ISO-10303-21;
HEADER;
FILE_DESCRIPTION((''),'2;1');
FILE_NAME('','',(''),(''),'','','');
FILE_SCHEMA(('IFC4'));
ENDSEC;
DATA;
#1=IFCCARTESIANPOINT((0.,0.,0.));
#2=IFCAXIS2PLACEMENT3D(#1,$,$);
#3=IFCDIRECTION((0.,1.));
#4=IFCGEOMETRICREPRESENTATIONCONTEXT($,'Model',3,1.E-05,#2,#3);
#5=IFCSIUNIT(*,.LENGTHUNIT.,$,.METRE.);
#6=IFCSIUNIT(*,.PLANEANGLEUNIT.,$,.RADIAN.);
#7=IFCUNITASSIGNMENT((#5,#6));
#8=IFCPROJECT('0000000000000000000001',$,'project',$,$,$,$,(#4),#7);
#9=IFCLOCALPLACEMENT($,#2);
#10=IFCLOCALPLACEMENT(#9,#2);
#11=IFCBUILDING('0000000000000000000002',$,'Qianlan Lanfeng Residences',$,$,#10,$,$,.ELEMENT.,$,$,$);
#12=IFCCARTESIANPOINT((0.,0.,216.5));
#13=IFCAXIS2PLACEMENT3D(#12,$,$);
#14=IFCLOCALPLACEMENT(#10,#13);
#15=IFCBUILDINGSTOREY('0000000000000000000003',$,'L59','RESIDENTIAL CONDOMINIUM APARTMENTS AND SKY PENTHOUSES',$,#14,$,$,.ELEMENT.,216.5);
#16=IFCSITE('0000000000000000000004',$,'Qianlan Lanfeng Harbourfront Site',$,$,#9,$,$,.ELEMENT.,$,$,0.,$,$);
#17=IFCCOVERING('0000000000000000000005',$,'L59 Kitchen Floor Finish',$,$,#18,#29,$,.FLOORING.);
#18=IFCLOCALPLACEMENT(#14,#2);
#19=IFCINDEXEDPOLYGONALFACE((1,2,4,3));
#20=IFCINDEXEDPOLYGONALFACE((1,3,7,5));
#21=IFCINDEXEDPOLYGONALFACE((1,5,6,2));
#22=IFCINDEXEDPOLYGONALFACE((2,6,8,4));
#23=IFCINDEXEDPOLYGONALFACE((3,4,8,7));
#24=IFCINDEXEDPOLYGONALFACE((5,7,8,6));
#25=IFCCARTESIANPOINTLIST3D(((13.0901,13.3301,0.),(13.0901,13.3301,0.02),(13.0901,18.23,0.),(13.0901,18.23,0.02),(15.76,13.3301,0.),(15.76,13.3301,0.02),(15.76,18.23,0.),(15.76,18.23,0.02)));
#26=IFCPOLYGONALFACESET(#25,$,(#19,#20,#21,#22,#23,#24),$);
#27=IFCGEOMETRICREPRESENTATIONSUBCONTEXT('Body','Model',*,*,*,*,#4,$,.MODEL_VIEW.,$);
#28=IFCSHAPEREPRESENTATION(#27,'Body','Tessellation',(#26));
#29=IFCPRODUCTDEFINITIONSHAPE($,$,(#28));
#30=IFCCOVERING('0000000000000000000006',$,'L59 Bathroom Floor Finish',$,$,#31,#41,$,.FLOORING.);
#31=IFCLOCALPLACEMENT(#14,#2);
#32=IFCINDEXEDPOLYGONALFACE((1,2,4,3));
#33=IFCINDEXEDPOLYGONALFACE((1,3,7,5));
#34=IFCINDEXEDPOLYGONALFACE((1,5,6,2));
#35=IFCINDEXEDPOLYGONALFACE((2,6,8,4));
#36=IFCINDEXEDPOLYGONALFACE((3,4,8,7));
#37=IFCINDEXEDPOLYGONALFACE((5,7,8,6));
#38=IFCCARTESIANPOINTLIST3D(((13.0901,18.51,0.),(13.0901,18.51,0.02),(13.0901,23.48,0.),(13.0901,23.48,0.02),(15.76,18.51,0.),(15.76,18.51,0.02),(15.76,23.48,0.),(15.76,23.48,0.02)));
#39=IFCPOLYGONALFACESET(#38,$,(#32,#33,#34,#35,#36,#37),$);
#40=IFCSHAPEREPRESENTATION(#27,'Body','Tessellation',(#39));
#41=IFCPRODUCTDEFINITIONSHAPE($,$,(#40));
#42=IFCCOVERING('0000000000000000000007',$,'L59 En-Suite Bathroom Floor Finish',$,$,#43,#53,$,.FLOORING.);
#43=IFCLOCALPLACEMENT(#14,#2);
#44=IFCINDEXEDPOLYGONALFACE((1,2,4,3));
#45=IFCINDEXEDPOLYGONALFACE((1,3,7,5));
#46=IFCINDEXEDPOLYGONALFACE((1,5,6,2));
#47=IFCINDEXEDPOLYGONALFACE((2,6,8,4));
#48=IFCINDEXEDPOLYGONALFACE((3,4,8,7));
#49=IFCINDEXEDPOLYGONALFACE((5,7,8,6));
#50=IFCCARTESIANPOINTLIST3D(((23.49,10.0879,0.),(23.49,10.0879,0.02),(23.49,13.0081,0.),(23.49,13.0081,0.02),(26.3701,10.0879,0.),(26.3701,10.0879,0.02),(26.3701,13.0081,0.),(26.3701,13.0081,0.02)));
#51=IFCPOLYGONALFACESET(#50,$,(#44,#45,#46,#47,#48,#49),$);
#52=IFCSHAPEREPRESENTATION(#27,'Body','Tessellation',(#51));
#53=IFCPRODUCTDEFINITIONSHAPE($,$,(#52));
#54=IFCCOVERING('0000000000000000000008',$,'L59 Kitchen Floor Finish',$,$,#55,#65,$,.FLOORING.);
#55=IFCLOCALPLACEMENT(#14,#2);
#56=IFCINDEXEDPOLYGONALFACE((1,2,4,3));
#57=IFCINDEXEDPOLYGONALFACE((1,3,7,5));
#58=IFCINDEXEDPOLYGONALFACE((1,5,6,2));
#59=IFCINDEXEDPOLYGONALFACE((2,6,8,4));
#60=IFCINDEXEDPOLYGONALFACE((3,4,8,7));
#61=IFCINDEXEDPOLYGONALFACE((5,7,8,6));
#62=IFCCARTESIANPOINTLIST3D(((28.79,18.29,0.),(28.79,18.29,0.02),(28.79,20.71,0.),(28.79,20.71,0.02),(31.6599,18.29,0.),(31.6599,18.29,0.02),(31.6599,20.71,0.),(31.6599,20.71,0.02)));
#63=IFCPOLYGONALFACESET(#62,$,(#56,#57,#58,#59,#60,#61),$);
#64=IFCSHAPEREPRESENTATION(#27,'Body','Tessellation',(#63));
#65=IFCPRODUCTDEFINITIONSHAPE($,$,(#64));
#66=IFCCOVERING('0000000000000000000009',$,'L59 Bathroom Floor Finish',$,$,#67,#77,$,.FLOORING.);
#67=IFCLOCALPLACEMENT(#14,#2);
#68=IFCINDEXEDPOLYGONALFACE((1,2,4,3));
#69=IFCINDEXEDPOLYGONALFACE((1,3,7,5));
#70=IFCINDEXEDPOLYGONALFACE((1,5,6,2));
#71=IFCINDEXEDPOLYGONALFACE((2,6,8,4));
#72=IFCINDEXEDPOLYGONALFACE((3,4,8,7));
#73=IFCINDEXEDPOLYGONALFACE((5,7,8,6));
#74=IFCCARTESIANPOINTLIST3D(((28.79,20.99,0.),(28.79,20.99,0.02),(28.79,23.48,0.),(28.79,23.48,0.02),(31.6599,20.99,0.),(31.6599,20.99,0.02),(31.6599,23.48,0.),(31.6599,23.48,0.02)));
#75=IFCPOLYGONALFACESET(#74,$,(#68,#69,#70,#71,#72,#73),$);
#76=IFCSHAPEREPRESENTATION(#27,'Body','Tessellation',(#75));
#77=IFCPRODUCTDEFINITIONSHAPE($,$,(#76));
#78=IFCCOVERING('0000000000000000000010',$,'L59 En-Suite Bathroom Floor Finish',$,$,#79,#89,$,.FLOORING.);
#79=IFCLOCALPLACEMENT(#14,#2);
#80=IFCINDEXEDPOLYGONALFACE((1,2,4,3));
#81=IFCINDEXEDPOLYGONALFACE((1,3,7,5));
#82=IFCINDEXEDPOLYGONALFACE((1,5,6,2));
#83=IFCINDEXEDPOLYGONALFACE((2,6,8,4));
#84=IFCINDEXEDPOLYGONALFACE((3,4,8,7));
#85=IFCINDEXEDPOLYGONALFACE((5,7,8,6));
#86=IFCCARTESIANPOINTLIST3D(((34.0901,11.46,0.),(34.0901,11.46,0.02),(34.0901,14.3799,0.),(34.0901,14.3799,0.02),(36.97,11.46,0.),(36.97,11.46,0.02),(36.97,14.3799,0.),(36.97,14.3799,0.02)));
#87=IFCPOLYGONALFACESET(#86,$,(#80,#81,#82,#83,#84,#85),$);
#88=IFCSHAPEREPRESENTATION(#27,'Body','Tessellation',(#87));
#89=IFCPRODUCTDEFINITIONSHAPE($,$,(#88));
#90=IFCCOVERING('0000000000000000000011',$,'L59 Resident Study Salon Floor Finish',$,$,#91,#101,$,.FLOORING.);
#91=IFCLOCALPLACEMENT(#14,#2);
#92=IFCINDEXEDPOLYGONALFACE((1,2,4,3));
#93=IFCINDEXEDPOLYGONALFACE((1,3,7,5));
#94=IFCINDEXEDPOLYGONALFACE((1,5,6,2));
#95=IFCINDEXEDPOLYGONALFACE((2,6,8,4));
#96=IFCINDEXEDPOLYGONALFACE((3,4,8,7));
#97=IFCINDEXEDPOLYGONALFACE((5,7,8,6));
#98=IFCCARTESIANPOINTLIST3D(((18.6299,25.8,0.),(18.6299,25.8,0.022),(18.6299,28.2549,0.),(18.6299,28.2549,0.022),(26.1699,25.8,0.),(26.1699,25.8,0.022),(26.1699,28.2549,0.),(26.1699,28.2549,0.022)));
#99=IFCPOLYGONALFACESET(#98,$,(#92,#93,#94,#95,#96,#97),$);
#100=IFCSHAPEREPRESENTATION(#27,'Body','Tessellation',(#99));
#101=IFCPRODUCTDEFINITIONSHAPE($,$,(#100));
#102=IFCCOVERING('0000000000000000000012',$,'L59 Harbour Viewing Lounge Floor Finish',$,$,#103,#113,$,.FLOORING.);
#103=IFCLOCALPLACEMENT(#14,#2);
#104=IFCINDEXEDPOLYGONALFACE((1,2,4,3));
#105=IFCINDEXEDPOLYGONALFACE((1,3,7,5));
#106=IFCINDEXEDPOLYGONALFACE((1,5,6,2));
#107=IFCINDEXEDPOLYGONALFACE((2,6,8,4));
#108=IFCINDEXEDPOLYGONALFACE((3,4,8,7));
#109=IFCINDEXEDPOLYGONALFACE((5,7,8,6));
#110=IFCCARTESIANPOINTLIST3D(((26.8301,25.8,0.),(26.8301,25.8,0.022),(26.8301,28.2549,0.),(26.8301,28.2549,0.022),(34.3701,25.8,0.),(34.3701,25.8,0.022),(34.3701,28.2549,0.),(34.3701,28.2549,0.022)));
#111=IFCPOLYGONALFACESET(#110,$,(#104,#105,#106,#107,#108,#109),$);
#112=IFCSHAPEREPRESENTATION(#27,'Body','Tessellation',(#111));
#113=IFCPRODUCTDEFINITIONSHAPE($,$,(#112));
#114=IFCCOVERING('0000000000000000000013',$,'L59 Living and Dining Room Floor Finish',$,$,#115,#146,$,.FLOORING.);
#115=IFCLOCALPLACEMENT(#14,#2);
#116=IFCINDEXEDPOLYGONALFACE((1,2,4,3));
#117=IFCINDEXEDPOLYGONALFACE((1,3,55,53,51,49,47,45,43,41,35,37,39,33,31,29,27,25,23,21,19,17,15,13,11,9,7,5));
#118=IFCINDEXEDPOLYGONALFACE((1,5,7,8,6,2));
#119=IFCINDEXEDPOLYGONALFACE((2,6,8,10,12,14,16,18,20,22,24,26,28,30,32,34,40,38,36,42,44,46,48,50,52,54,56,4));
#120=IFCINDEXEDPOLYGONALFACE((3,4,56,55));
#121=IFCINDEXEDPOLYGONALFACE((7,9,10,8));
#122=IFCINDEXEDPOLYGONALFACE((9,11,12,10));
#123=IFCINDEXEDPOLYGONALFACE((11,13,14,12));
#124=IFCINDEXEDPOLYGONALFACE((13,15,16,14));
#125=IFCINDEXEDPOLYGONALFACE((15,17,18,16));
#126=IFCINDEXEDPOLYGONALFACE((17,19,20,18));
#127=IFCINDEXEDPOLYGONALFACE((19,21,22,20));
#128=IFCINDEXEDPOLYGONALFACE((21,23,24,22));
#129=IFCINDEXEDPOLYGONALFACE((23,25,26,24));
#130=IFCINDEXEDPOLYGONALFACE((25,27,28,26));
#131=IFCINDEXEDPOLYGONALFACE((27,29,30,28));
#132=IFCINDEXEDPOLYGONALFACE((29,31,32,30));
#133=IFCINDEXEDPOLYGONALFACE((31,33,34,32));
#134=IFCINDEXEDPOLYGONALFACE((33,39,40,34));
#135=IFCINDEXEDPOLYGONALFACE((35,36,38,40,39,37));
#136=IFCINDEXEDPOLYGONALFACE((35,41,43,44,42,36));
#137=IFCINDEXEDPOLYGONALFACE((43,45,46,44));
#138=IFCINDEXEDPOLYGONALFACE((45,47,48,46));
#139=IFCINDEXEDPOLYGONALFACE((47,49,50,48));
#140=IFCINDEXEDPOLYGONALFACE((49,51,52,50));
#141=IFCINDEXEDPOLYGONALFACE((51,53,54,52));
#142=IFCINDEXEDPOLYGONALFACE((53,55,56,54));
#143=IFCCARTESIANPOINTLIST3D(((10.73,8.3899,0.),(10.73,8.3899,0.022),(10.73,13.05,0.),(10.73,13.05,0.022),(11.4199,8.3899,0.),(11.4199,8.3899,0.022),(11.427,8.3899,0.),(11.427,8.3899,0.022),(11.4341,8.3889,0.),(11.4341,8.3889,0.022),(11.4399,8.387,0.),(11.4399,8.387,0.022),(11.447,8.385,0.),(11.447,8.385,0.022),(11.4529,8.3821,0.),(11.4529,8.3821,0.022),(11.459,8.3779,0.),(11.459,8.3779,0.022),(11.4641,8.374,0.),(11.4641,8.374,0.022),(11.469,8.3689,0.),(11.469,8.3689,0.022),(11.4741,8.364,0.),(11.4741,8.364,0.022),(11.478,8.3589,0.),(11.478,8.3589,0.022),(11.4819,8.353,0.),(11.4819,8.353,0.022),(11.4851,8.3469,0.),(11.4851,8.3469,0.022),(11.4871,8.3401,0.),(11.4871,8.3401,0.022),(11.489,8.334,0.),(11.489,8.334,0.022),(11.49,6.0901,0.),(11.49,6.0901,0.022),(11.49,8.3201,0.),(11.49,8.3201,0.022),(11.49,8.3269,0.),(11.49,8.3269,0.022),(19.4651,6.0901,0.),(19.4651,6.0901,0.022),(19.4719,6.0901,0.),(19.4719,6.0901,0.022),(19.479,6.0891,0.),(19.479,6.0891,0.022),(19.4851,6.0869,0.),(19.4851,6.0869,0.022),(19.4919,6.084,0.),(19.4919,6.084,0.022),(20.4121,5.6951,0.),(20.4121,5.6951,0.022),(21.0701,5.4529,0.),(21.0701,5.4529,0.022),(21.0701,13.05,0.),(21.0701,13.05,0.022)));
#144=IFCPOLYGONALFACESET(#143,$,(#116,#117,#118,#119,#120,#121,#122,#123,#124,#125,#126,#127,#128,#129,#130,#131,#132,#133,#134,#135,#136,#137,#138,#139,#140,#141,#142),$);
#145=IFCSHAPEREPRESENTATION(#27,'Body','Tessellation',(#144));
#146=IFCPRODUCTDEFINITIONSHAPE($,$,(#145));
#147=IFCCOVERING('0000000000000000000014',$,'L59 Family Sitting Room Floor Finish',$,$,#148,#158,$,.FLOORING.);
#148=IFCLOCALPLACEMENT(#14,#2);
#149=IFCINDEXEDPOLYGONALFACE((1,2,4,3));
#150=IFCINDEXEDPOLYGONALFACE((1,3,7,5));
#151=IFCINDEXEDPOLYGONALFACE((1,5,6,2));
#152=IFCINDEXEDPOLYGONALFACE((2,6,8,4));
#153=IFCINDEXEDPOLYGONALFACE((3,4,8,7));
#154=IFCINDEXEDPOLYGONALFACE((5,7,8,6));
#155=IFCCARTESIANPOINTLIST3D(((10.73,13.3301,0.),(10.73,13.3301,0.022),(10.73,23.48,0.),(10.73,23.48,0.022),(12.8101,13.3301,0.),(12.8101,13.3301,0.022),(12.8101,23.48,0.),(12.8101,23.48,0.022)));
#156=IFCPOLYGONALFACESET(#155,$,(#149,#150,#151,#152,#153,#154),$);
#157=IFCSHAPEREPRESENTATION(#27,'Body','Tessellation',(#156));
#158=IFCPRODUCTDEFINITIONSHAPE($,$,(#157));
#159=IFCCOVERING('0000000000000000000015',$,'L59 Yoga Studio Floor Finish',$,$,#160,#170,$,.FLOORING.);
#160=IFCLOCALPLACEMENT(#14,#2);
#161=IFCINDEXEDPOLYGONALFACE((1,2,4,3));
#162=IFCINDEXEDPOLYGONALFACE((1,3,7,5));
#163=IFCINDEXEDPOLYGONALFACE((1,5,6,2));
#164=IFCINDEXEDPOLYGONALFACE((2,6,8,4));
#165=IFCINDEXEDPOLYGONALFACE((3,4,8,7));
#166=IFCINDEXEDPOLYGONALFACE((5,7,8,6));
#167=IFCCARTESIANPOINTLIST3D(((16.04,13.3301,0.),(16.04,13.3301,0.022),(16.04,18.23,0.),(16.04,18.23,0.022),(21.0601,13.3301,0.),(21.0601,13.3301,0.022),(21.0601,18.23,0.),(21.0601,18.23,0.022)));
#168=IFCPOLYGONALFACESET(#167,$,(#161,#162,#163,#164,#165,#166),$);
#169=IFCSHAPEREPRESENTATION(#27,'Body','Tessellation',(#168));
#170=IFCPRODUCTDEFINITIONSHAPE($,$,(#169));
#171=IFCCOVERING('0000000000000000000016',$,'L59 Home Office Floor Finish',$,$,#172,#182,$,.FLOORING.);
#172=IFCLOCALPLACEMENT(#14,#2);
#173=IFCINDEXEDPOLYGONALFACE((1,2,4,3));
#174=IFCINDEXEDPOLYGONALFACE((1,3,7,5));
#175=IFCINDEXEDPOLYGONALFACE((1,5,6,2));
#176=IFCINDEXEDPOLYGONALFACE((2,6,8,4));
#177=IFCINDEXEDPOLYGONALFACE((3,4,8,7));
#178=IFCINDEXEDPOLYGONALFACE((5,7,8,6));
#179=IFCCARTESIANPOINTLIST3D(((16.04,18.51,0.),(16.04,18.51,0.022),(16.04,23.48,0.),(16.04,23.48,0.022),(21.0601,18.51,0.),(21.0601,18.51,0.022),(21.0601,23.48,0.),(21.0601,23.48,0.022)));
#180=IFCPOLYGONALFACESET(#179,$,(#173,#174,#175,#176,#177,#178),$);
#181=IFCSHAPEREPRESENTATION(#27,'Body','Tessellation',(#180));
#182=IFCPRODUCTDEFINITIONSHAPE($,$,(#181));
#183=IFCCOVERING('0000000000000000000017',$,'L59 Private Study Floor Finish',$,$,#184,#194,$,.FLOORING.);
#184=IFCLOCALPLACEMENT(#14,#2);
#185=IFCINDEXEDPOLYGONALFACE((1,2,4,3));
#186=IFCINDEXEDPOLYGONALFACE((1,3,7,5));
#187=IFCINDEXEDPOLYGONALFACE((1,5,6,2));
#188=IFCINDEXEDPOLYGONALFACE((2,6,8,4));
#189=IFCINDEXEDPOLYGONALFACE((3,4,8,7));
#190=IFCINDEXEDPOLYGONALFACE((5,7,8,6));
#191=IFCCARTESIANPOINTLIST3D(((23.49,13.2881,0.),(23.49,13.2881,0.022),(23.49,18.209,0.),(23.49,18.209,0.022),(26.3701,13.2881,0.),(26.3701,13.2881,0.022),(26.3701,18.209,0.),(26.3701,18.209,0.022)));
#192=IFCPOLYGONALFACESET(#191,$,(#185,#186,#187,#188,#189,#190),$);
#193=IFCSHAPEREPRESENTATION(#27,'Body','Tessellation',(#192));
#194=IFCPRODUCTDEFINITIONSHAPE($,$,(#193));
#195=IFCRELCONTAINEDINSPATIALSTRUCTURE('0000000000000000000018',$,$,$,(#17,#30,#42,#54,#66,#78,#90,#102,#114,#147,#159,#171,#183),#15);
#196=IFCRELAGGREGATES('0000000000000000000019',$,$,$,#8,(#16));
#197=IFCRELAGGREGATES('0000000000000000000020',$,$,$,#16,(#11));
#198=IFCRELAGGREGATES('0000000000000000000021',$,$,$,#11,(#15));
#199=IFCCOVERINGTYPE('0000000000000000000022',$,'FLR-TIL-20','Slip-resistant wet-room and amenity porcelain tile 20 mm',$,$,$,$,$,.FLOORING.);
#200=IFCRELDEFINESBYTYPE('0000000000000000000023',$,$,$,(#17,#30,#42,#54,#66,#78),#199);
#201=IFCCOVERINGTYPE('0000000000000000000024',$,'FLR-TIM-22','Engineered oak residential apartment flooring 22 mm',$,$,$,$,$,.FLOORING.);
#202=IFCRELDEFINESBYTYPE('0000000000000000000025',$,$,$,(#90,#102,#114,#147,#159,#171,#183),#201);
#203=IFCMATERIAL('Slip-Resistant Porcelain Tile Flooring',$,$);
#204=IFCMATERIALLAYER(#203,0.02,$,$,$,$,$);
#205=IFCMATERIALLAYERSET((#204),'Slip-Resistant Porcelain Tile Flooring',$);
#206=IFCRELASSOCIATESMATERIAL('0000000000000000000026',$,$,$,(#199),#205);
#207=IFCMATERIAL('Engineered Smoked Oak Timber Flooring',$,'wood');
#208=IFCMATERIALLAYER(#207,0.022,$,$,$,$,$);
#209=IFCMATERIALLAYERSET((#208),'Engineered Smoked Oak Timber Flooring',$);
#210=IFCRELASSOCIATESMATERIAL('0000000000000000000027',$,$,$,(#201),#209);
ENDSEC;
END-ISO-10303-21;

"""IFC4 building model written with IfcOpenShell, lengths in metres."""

from ifc_helpers import new_model, si_unit, direction, frame, origin, place, context, subcontext, project, spatial, polyline, outline, extrude, material, layer, layer_set, type_object, element, save


model = new_model("IFC4")

# Units and contexts
model_context = context("Model", 3, precision=1e-05, world=origin(), true_north=direction((0.0, 1.0)))
body_context = subcontext(model_context, "Body", "Model", "MODEL_VIEW")
ifc_project = project(units=[si_unit("LENGTHUNIT", "METRE"), si_unit("PLANEANGLEUNIT", "RADIAN")], contexts=[model_context])

# Site, building, storey
site_placement = place(None, origin())
site = spatial("IfcSite", under=ifc_project, at=site_placement, Name="Qianlan Lanfeng Harbourfront Site", CompositionType="ELEMENT", RefElevation=0.0)
building_placement = place(site_placement, origin())
building = spatial("IfcBuilding", under=site, at=building_placement, Name="Qianlan Lanfeng Residences", CompositionType="ELEMENT")
storey_placement = place(building_placement, frame((0.0, 0.0, 216.5)))
storey = spatial("IfcBuildingStorey", under=building, at=storey_placement, Name="L59", Description="RESIDENTIAL CONDOMINIUM APARTMENTS AND SKY PENTHOUSES", CompositionType="ELEMENT", Elevation=216.5)

# Coverings
ifc_material_1 = material(Name="Slip-Resistant Porcelain Tile Flooring")
ifc_layer_1 = layer(ifc_material_1, 0.02)
ifc_layer_set_1 = layer_set([ifc_layer_1], Name="Slip-Resistant Porcelain Tile Flooring")
covering_type_1 = type_object("IfcCoveringType", Name="FLR-TIL-20", Description="Slip-resistant wet-room and amenity porcelain tile 20 mm", PredefinedType="FLOORING", material=ifc_layer_set_1)
covering_1_placement = place(storey_placement, origin())
element("IfcCovering", 1, at=covering_1_placement, inside=storey, type_object=covering_type_1, Name="L59 Kitchen Floor Finish", PredefinedType="FLOORING", context=body_context, shape_type="SweptSolid", body=[
    extrude(outline(polyline([(13.0901, 13.3301), (15.76, 13.3301), (15.76, 18.23), (13.0901, 18.23), (13.0901, 13.3301)])), origin(), (0.0, 0.0, 1.0), 0.02),
])
covering_2_placement = place(storey_placement, origin())
element("IfcCovering", 2, at=covering_2_placement, inside=storey, type_object=covering_type_1, Name="L59 Bathroom Floor Finish", PredefinedType="FLOORING", context=body_context, shape_type="SweptSolid", body=[
    extrude(outline(polyline([(13.0901, 18.51), (15.76, 18.51), (15.76, 23.48), (13.0901, 23.48), (13.0901, 18.51)])), origin(), (0.0, 0.0, 1.0), 0.02),
])
covering_3_placement = place(storey_placement, origin())
element("IfcCovering", 3, at=covering_3_placement, inside=storey, type_object=covering_type_1, Name="L59 En-Suite Bathroom Floor Finish", PredefinedType="FLOORING", context=body_context, shape_type="SweptSolid", body=[
    extrude(outline(polyline([(23.49, 10.0879), (26.3701, 10.0879), (26.3701, 13.0081), (23.49, 13.0081), (23.49, 10.0879)])), origin(), (0.0, 0.0, 1.0), 0.02),
])
covering_4_placement = place(storey_placement, origin())
element("IfcCovering", 4, at=covering_4_placement, inside=storey, type_object=covering_type_1, Name="L59 Kitchen Floor Finish", PredefinedType="FLOORING", context=body_context, shape_type="SweptSolid", body=[
    extrude(outline(polyline([(28.79, 18.29), (31.6599, 18.29), (31.6599, 20.71), (28.79, 20.71), (28.79, 18.29)])), origin(), (0.0, 0.0, 1.0), 0.02),
])
covering_5_placement = place(storey_placement, origin())
element("IfcCovering", 5, at=covering_5_placement, inside=storey, type_object=covering_type_1, Name="L59 Bathroom Floor Finish", PredefinedType="FLOORING", context=body_context, shape_type="SweptSolid", body=[
    extrude(outline(polyline([(28.79, 20.99), (31.6599, 20.99), (31.6599, 23.48), (28.79, 23.48), (28.79, 20.99)])), origin(), (0.0, 0.0, 1.0), 0.02),
])
covering_6_placement = place(storey_placement, origin())
element("IfcCovering", 6, at=covering_6_placement, inside=storey, type_object=covering_type_1, Name="L59 En-Suite Bathroom Floor Finish", PredefinedType="FLOORING", context=body_context, shape_type="SweptSolid", body=[
    extrude(outline(polyline([(34.0901, 11.46), (36.97, 11.46), (36.97, 14.3799), (34.0901, 14.3799), (34.0901, 11.46)])), origin(), (0.0, 0.0, 1.0), 0.02),
])
ifc_material_2 = material(Name="Engineered Smoked Oak Timber Flooring", Category="wood")
ifc_layer_2 = layer(ifc_material_2, 0.022)
ifc_layer_set_2 = layer_set([ifc_layer_2], Name="Engineered Smoked Oak Timber Flooring")
covering_type_2 = type_object("IfcCoveringType", Name="FLR-TIM-22", Description="Engineered oak residential apartment flooring 22 mm", PredefinedType="FLOORING", material=ifc_layer_set_2)
covering_7_placement = place(storey_placement, origin())
element("IfcCovering", 7, at=covering_7_placement, inside=storey, type_object=covering_type_2, Name="L59 Resident Study Salon Floor Finish", PredefinedType="FLOORING", context=body_context, shape_type="SweptSolid", body=[
    extrude(outline(polyline([(18.6299, 25.8), (26.1699, 25.8), (26.1699, 28.2549), (18.6299, 28.2549), (18.6299, 25.8)])), origin(), (0.0, 0.0, 1.0), 0.022),
])
covering_8_placement = place(storey_placement, origin())
element("IfcCovering", 8, at=covering_8_placement, inside=storey, type_object=covering_type_2, Name="L59 Harbour Viewing Lounge Floor Finish", PredefinedType="FLOORING", context=body_context, shape_type="SweptSolid", body=[
    extrude(outline(polyline([(26.8301, 25.8), (34.3701, 25.8), (34.3701, 28.2549), (26.8301, 28.2549), (26.8301, 25.8)])), origin(), (0.0, 0.0, 1.0), 0.022),
])
covering_9_placement = place(storey_placement, origin())
element("IfcCovering", 9, at=covering_9_placement, inside=storey, type_object=covering_type_2, Name="L59 Living and Dining Room Floor Finish", PredefinedType="FLOORING", context=body_context, shape_type="SweptSolid", body=[
    extrude(outline(polyline([(10.73, 13.05), (10.73, 8.3899), (11.4199, 8.3899), (11.427, 8.3899), (11.4341, 8.3889), (11.4399, 8.387), (11.447, 8.385), (11.4529, 8.3821), (11.459, 8.3779), (11.4641, 8.374), (11.469, 8.3689), (11.4741, 8.364), (11.478, 8.3589), (11.4819, 8.353), (11.4851, 8.3469), (11.4871, 8.3401), (11.489, 8.334), (11.49, 8.3269), (11.49, 8.3201), (11.49, 6.0901), (19.4651, 6.0901), (19.4719, 6.0901), (19.479, 6.0891), (19.4851, 6.0869), (19.4919, 6.084), (20.4121, 5.6951), (21.0701, 5.4529), (21.0701, 13.05), (10.73, 13.05)])), origin(), (0.0, 0.0, 1.0), 0.022),
])
covering_10_placement = place(storey_placement, origin())
element("IfcCovering", 10, at=covering_10_placement, inside=storey, type_object=covering_type_2, Name="L59 Family Sitting Room Floor Finish", PredefinedType="FLOORING", context=body_context, shape_type="SweptSolid", body=[
    extrude(outline(polyline([(10.73, 13.3301), (12.8101, 13.3301), (12.8101, 23.48), (10.73, 23.48), (10.73, 13.3301)])), origin(), (0.0, 0.0, 1.0), 0.022),
])
covering_11_placement = place(storey_placement, origin())
element("IfcCovering", 11, at=covering_11_placement, inside=storey, type_object=covering_type_2, Name="L59 Yoga Studio Floor Finish", PredefinedType="FLOORING", context=body_context, shape_type="SweptSolid", body=[
    extrude(outline(polyline([(16.04, 13.3301), (21.0601, 13.3301), (21.0601, 18.23), (16.04, 18.23), (16.04, 13.3301)])), origin(), (0.0, 0.0, 1.0), 0.022),
])
covering_12_placement = place(storey_placement, origin())
element("IfcCovering", 12, at=covering_12_placement, inside=storey, type_object=covering_type_2, Name="L59 Home Office Floor Finish", PredefinedType="FLOORING", context=body_context, shape_type="SweptSolid", body=[
    extrude(outline(polyline([(16.04, 18.51), (21.0601, 18.51), (21.0601, 23.48), (16.04, 23.48), (16.04, 18.51)])), origin(), (0.0, 0.0, 1.0), 0.022),
])
covering_13_placement = place(storey_placement, origin())
element("IfcCovering", 13, at=covering_13_placement, inside=storey, type_object=covering_type_2, Name="L59 Private Study Floor Finish", PredefinedType="FLOORING", context=body_context, shape_type="SweptSolid", body=[
    extrude(outline(polyline([(23.49, 13.2881), (26.3701, 13.2881), (26.3701, 18.209), (23.49, 18.209), (23.49, 13.2881)])), origin(), (0.0, 0.0, 1.0), 0.022),
])

save(model, "model.ifc")
